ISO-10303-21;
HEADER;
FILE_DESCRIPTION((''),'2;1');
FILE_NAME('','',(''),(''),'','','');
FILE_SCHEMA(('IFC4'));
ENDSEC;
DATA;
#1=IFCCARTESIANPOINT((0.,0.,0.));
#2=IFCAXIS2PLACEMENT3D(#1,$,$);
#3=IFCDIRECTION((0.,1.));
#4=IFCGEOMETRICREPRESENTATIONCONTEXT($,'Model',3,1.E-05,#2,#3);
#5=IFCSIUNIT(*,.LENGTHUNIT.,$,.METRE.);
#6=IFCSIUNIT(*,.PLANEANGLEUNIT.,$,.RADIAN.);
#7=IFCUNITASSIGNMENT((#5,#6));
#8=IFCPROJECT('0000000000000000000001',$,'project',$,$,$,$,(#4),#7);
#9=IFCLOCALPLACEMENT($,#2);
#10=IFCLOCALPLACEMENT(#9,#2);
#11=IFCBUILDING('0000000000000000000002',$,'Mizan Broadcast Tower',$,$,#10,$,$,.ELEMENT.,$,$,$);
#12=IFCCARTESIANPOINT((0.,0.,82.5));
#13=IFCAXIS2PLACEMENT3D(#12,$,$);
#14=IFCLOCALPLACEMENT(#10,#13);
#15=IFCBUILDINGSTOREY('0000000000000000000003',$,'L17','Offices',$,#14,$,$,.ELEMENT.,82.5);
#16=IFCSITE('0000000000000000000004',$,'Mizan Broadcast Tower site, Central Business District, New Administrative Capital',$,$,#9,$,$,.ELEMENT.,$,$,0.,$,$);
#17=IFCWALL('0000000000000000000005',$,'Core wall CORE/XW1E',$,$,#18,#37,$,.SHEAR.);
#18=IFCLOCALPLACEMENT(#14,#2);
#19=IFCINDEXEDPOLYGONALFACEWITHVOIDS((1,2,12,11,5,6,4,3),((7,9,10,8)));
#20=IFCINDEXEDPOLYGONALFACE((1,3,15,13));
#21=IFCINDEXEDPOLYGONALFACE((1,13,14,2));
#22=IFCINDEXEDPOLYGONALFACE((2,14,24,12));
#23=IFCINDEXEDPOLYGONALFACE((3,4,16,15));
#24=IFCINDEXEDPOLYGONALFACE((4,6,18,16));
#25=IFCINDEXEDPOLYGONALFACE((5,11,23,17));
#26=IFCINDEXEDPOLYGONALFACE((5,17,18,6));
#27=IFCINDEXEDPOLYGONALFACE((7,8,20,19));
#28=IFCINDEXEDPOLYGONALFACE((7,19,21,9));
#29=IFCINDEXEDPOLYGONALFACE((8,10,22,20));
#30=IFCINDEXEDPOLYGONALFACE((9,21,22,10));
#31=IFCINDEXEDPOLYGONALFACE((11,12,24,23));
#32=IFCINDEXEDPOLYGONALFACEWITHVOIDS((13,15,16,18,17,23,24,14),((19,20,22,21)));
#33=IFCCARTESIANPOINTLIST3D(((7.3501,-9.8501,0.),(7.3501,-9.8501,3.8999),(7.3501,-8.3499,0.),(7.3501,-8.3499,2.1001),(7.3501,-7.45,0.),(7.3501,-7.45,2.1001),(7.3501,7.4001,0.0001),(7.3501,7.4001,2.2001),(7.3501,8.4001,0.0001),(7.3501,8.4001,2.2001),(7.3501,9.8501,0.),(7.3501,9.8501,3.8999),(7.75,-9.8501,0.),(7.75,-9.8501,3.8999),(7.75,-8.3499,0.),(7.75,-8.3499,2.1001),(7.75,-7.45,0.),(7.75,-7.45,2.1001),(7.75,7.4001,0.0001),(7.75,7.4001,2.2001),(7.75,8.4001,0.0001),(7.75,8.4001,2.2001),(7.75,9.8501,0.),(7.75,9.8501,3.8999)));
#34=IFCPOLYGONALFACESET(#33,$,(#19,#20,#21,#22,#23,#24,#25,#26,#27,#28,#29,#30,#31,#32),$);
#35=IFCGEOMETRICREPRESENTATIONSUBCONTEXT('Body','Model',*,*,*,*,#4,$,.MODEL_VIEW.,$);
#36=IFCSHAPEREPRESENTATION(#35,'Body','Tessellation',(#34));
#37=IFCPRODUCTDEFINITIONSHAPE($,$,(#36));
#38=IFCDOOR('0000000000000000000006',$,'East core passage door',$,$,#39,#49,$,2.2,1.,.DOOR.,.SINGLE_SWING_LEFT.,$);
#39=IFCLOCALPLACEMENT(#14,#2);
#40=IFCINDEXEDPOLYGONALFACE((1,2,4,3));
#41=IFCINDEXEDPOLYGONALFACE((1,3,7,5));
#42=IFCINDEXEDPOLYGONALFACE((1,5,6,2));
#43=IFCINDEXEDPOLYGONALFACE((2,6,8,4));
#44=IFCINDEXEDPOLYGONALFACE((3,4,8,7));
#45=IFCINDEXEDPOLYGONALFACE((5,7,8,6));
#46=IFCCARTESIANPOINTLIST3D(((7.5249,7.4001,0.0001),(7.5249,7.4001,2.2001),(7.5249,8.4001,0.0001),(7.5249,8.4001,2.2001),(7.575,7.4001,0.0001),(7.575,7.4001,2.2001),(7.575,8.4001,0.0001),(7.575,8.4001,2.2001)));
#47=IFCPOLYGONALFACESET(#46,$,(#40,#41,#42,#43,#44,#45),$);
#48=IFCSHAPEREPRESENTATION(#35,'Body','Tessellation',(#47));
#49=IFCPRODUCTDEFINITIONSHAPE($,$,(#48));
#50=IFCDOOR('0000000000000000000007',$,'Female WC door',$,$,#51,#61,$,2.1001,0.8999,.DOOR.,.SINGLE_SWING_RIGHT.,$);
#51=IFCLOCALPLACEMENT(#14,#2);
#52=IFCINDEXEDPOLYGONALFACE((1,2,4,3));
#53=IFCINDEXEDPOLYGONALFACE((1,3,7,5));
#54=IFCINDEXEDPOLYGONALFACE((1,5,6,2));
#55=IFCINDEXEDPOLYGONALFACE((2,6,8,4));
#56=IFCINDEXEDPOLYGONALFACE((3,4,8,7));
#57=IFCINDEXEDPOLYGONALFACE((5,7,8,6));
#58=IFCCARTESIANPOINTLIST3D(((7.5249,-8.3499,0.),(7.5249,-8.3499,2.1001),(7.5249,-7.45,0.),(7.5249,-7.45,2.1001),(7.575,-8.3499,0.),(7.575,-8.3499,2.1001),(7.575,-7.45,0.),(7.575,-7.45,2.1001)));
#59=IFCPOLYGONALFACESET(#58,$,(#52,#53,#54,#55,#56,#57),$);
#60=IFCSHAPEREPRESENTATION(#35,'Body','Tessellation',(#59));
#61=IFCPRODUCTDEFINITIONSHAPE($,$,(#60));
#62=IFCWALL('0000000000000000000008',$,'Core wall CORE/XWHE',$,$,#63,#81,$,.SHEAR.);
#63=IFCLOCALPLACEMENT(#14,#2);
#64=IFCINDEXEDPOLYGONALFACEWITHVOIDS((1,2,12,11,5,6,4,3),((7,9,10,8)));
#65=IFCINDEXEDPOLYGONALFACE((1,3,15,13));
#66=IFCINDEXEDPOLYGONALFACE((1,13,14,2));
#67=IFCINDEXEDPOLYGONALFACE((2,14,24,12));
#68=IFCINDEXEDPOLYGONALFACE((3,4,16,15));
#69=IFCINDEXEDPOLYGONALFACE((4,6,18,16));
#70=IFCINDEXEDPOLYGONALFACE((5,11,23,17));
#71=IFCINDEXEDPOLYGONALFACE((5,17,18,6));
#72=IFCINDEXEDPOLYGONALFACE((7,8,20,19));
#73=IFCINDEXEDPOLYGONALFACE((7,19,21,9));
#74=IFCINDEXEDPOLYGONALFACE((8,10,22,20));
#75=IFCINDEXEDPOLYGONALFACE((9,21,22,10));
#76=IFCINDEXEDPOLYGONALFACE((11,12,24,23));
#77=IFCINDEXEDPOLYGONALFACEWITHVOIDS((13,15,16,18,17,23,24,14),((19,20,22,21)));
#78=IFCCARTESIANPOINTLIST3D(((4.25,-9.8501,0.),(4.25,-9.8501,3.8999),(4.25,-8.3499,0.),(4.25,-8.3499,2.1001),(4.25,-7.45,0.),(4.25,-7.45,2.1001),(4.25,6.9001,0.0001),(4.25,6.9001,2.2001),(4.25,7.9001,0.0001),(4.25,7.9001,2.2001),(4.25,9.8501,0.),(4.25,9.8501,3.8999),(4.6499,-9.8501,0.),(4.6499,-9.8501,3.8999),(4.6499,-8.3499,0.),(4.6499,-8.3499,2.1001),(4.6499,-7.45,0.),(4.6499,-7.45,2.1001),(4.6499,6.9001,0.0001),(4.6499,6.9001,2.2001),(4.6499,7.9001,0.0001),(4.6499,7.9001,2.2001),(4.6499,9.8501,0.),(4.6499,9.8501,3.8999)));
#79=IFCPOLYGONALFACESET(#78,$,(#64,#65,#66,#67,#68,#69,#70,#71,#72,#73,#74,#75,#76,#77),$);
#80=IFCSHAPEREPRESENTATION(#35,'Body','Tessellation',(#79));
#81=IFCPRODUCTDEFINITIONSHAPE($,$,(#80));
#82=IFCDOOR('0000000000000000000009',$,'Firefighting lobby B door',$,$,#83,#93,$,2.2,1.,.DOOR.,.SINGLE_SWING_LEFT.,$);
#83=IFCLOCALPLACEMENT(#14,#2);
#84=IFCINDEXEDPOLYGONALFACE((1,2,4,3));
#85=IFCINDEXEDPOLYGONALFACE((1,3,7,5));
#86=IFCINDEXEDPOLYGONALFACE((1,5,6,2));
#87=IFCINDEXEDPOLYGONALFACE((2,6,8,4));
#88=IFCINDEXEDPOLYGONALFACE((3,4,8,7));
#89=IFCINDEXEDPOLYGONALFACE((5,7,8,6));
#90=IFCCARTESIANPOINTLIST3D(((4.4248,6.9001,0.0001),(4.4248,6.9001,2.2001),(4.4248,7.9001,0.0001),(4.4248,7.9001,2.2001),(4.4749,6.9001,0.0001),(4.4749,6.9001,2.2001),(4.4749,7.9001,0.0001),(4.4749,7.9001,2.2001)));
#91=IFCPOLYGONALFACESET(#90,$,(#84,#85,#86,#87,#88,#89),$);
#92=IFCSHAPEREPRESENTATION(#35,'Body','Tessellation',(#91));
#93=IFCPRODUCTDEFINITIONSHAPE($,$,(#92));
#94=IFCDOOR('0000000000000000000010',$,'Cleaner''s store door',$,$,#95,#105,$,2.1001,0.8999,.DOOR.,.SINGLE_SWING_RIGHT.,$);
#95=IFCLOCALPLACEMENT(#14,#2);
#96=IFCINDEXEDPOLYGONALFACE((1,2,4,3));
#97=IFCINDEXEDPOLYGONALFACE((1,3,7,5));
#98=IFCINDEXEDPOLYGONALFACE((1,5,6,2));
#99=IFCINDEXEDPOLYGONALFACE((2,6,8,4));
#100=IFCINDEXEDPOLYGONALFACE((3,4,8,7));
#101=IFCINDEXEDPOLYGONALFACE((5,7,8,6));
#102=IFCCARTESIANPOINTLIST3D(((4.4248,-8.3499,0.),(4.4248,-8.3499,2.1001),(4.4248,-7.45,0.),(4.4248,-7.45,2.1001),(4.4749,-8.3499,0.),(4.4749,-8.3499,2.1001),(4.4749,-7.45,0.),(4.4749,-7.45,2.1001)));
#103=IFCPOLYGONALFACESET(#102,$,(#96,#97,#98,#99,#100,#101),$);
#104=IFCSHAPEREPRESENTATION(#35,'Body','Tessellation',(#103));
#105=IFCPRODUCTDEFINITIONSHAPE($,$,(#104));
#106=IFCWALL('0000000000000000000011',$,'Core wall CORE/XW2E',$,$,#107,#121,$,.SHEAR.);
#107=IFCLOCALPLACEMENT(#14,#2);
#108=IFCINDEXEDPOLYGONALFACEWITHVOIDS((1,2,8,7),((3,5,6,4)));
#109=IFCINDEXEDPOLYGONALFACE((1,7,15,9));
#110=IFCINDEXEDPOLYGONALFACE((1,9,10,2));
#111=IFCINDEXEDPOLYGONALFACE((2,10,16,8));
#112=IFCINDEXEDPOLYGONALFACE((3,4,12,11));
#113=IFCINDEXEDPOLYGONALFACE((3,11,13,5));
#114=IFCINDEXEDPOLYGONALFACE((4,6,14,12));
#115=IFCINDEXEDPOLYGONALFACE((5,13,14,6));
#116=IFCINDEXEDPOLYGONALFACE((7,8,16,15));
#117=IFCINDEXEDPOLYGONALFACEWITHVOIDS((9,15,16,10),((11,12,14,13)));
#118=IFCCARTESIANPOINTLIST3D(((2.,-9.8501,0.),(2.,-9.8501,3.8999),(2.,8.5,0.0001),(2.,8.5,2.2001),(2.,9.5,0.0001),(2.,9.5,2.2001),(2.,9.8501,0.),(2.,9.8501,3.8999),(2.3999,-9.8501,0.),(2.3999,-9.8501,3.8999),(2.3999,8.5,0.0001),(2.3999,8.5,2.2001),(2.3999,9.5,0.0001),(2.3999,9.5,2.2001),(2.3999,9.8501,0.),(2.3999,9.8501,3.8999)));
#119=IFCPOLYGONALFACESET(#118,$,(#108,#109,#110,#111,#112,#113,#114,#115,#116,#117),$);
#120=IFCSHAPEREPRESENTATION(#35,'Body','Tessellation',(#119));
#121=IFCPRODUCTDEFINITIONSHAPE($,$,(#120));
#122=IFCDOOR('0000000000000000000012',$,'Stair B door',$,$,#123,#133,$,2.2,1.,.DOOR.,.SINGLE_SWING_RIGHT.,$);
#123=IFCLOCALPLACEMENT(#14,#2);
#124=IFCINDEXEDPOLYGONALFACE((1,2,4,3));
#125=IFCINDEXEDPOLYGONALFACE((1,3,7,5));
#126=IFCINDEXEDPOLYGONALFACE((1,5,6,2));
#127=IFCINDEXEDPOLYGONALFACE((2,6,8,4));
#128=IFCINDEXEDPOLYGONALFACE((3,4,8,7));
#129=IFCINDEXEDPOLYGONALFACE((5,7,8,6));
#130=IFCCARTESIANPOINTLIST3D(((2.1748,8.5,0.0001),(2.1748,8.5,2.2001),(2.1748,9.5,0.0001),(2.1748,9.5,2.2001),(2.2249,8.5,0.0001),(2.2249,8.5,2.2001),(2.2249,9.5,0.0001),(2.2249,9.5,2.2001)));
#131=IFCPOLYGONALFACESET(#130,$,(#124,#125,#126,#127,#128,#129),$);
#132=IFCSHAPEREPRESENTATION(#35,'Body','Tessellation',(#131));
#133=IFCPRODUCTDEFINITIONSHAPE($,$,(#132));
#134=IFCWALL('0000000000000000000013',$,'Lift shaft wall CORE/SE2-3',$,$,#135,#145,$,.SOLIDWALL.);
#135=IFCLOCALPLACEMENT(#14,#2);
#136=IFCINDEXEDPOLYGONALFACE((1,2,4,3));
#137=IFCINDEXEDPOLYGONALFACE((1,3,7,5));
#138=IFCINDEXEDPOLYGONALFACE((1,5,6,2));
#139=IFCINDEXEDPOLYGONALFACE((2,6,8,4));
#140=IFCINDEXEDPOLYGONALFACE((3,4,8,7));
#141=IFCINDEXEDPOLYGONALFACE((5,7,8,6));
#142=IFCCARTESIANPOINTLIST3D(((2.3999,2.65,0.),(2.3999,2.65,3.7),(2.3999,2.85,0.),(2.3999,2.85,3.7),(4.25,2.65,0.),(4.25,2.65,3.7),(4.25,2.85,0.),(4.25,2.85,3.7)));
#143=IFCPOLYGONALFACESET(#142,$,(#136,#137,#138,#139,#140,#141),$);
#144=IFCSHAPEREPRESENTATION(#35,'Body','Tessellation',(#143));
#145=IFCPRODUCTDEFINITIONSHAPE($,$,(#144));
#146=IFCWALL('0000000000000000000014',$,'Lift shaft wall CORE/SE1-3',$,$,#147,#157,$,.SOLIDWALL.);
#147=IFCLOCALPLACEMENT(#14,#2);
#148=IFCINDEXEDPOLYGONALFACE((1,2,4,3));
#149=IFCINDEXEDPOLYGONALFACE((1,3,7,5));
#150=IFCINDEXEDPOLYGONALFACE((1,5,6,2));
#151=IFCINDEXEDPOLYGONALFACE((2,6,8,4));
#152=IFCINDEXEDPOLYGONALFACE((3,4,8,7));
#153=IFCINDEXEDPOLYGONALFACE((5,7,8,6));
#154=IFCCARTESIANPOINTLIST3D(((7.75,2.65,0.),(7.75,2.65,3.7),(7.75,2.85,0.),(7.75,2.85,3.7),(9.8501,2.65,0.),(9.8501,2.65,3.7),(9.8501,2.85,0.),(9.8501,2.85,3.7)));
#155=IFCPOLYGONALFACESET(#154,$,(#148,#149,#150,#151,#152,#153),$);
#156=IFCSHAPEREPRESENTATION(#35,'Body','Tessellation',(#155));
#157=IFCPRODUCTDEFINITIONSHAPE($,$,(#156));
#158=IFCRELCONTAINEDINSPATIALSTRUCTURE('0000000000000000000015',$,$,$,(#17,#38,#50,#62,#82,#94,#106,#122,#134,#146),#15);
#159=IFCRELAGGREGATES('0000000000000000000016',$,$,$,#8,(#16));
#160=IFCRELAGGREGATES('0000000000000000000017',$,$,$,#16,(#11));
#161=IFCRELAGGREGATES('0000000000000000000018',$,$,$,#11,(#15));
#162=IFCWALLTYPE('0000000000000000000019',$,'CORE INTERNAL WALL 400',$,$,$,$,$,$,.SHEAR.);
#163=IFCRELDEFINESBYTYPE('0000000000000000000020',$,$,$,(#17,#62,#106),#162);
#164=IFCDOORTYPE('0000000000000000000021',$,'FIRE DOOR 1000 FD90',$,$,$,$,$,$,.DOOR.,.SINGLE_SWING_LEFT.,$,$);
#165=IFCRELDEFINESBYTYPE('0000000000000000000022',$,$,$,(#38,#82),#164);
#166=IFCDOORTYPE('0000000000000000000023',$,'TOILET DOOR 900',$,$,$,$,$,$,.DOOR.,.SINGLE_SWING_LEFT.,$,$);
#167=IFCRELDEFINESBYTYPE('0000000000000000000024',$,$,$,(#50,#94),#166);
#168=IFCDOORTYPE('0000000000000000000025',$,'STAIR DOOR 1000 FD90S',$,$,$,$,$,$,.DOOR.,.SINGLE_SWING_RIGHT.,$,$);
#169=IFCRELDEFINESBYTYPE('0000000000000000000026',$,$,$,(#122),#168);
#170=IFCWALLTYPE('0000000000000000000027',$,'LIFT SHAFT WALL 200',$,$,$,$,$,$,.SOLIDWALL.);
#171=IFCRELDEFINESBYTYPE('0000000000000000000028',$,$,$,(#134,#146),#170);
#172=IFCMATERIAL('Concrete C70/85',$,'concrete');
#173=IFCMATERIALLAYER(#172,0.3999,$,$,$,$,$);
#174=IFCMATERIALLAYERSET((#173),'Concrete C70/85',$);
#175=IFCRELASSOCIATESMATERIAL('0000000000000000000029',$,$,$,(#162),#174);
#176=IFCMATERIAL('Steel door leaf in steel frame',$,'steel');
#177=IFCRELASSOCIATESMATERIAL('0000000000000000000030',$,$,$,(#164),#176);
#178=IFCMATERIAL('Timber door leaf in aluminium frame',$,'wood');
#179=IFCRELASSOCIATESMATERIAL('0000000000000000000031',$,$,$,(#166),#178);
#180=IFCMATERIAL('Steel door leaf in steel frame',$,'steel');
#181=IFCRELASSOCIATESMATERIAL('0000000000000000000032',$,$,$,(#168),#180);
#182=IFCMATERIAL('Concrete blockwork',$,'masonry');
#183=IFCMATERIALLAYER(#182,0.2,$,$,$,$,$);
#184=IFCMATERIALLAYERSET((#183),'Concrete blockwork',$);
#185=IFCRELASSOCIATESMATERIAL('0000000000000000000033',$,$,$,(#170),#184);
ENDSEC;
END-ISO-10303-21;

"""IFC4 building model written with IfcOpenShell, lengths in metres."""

from ifc_helpers import new_model, si_unit, direction, frame, frame_2d, origin, place, context, subcontext, project, spatial, rectangle, extrude, material, layer, layer_set, type_object, element, fill, save


model = new_model("IFC4")

# Units and contexts
model_context = context("Model", 3, precision=1e-05, world=origin(), true_north=direction((0.0, 1.0)))
body_context = subcontext(model_context, "Body", "Model", "MODEL_VIEW")
ifc_project = project(units=[si_unit("LENGTHUNIT", "METRE"), si_unit("PLANEANGLEUNIT", "RADIAN")], contexts=[model_context])

# Site, building, storey
site_placement = place(None, origin())
site = spatial("IfcSite", under=ifc_project, at=site_placement, Name="Mizan Broadcast Tower site, Central Business District, New Administrative Capital", CompositionType="ELEMENT", RefElevation=0.0)
building_placement = place(site_placement, origin())
building = spatial("IfcBuilding", under=site, at=building_placement, Name="Mizan Broadcast Tower", CompositionType="ELEMENT")
storey_placement = place(building_placement, frame((0.0, 0.0, 82.5)))
storey = spatial("IfcBuildingStorey", under=building, at=storey_placement, Name="L17", Description="Offices", CompositionType="ELEMENT", Elevation=82.5)

# Walls, openings, doors
ifc_material_1 = material(Name="Concrete C70/85", Category="concrete")
ifc_layer_1 = layer(ifc_material_1, 0.3999)
ifc_layer_set_1 = layer_set([ifc_layer_1], Name="Concrete C70/85")
wall_type_1 = type_object("IfcWallType", Name="CORE INTERNAL WALL 400", PredefinedType="SHEAR", material=ifc_layer_set_1)
wall_1_placement = place(storey_placement, frame((7.55, 9.8501, 0.0), z_axis=(0.0, 0.0, 1.0), x_axis=(0.0, -1.0, 0.0)))
wall_1 = element("IfcWall", 1, at=wall_1_placement, inside=storey, type_object=wall_type_1, Name="Core wall CORE/XW1E", PredefinedType="SHEAR", context=body_context, shape_type="SweptSolid", body=[
    extrude(rectangle(XDim=19.7002, YDim=0.3999, at=frame_2d((9.8501, 0.0))), origin(), (0.0, 0.0, 1.0), 3.8999),
])
opening_1_placement = place(wall_1_placement, frame((1.45, 0.0, 0.0)))
opening_1 = element("IfcOpeningElement", 2, at=opening_1_placement, cuts=wall_1, PredefinedType="OPENING", context=body_context, shape_type="SweptSolid", body=[
    extrude(rectangle(XDim=1.0, YDim=2.2, at=frame_2d((0.5, 1.1001))), frame((0.0, 0.21, 0.0), z_axis=(0.0, -1.0, 0.0), x_axis=(1.0, 0.0, 0.0)), (0.0, 0.0, 1.0), 0.4199),
])
opening_2_placement = place(wall_1_placement, frame((17.3, 0.0, 0.0)))
opening_2 = element("IfcOpeningElement", 3, at=opening_2_placement, cuts=wall_1, PredefinedType="OPENING", context=body_context, shape_type="SweptSolid", body=[
    extrude(rectangle(XDim=0.8999, YDim=2.1001, at=frame_2d((0.45, 1.05))), frame((0.0, 0.21, 0.0), z_axis=(0.0, -1.0, 0.0), x_axis=(1.0, 0.0, 0.0)), (0.0, 0.0, 1.0), 0.4199),
])
ifc_material_2 = material(Name="Steel door leaf in steel frame", Category="steel")
door_type_1 = type_object("IfcDoorType", Name="FIRE DOOR 1000 FD90", OperationType="SINGLE_SWING_LEFT", PredefinedType="DOOR", material=ifc_material_2)
door_1_placement = place(opening_1_placement, origin())
door_1 = element("IfcDoor", 4, at=door_1_placement, inside=storey, type_object=door_type_1, Name="East core passage door", OperationType="SINGLE_SWING_LEFT", OverallHeight=2.2, OverallWidth=1.0, PredefinedType="DOOR", context=body_context, shape_type="SweptSolid", body=[
    extrude(rectangle(XDim=1.0, YDim=2.2, at=frame_2d((0.5, 1.1001))), frame((0.0, 0.0249, 0.0), z_axis=(0.0, -1.0, 0.0), x_axis=(1.0, 0.0, 0.0)), (0.0, 0.0, 1.0), 0.05),
])
fill(opening_1, door_1)
ifc_material_3 = material(Name="Timber door leaf in aluminium frame", Category="wood")
door_type_2 = type_object("IfcDoorType", Name="TOILET DOOR 900", OperationType="SINGLE_SWING_LEFT", PredefinedType="DOOR", material=ifc_material_3)
door_2_placement = place(opening_2_placement, origin())
door_2 = element("IfcDoor", 5, at=door_2_placement, inside=storey, type_object=door_type_2, Name="Female WC door", OperationType="SINGLE_SWING_RIGHT", OverallHeight=2.1001, OverallWidth=0.8999, PredefinedType="DOOR", context=body_context, shape_type="SweptSolid", body=[
    extrude(rectangle(XDim=0.8999, YDim=2.1001, at=frame_2d((0.45, 1.05))), frame((0.0, 0.0249, 0.0), z_axis=(0.0, -1.0, 0.0), x_axis=(1.0, 0.0, 0.0)), (0.0, 0.0, 1.0), 0.05),
])
fill(opening_2, door_2)
wall_2_placement = place(storey_placement, frame((4.45, 9.8501, 0.0), z_axis=(0.0, 0.0, 1.0), x_axis=(0.0, -1.0, 0.0)))
wall_2 = element("IfcWall", 6, at=wall_2_placement, inside=storey, type_object=wall_type_1, Name="Core wall CORE/XWHE", PredefinedType="SHEAR", context=body_context, shape_type="SweptSolid", body=[
    extrude(rectangle(XDim=19.7002, YDim=0.3999, at=frame_2d((9.8501, 0.0))), origin(), (0.0, 0.0, 1.0), 3.8999),
])
opening_3_placement = place(wall_2_placement, frame((1.95, 0.0, 0.0)))
opening_3 = element("IfcOpeningElement", 7, at=opening_3_placement, cuts=wall_2, PredefinedType="OPENING", context=body_context, shape_type="SweptSolid", body=[
    extrude(rectangle(XDim=1.0, YDim=2.2, at=frame_2d((0.5, 1.1001))), frame((0.0, 0.21, 0.0), z_axis=(0.0, -1.0, 0.0), x_axis=(1.0, 0.0, 0.0)), (0.0, 0.0, 1.0), 0.4199),
])
opening_4_placement = place(wall_2_placement, frame((17.3, 0.0, 0.0)))
opening_4 = element("IfcOpeningElement", 8, at=opening_4_placement, cuts=wall_2, PredefinedType="OPENING", context=body_context, shape_type="SweptSolid", body=[
    extrude(rectangle(XDim=0.8999, YDim=2.1001, at=frame_2d((0.45, 1.05))), frame((0.0, 0.21, 0.0), z_axis=(0.0, -1.0, 0.0), x_axis=(1.0, 0.0, 0.0)), (0.0, 0.0, 1.0), 0.4199),
])
door_3_placement = place(opening_3_placement, origin())
door_3 = element("IfcDoor", 9, at=door_3_placement, inside=storey, type_object=door_type_1, Name="Firefighting lobby B door", OperationType="SINGLE_SWING_LEFT", OverallHeight=2.2, OverallWidth=1.0, PredefinedType="DOOR", context=body_context, shape_type="SweptSolid", body=[
    extrude(rectangle(XDim=1.0, YDim=2.2, at=frame_2d((0.5, 1.1001))), frame((0.0, 0.0249, 0.0), z_axis=(0.0, -1.0, 0.0), x_axis=(1.0, 0.0, 0.0)), (0.0, 0.0, 1.0), 0.05),
])
fill(opening_3, door_3)
door_4_placement = place(opening_4_placement, origin())
door_4 = element("IfcDoor", 10, at=door_4_placement, inside=storey, type_object=door_type_2, Name="Cleaner's store door", OperationType="SINGLE_SWING_RIGHT", OverallHeight=2.1001, OverallWidth=0.8999, PredefinedType="DOOR", context=body_context, shape_type="SweptSolid", body=[
    extrude(rectangle(XDim=0.8999, YDim=2.1001, at=frame_2d((0.45, 1.05))), frame((0.0, 0.0249, 0.0), z_axis=(0.0, -1.0, 0.0), x_axis=(1.0, 0.0, 0.0)), (0.0, 0.0, 1.0), 0.05),
])
fill(opening_4, door_4)

# Wall, opening, door
wall_3_placement = place(storey_placement, frame((2.2, 9.8501, 0.0), z_axis=(0.0, 0.0, 1.0), x_axis=(0.0, -1.0, 0.0)))
wall_3 = element("IfcWall", 11, at=wall_3_placement, inside=storey, type_object=wall_type_1, Name="Core wall CORE/XW2E", PredefinedType="SHEAR", context=body_context, shape_type="SweptSolid", body=[
    extrude(rectangle(XDim=19.7002, YDim=0.3999, at=frame_2d((9.8501, 0.0))), origin(), (0.0, 0.0, 1.0), 3.8999),
])
opening_5_placement = place(wall_3_placement, frame((0.3501, 0.0, 0.0)))
opening_5 = element("IfcOpeningElement", 12, at=opening_5_placement, cuts=wall_3, PredefinedType="OPENING", context=body_context, shape_type="SweptSolid", body=[
    extrude(rectangle(XDim=1.0, YDim=2.2, at=frame_2d((0.5, 1.1001))), frame((0.0, 0.21, 0.0), z_axis=(0.0, -1.0, 0.0), x_axis=(1.0, 0.0, 0.0)), (0.0, 0.0, 1.0), 0.4199),
])
ifc_material_4 = material(Name="Steel door leaf in steel frame", Category="steel")
door_type_3 = type_object("IfcDoorType", Name="STAIR DOOR 1000 FD90S", OperationType="SINGLE_SWING_RIGHT", PredefinedType="DOOR", material=ifc_material_4)
door_5_placement = place(opening_5_placement, origin())
door_5 = element("IfcDoor", 13, at=door_5_placement, inside=storey, type_object=door_type_3, Name="Stair B door", OperationType="SINGLE_SWING_RIGHT", OverallHeight=2.2, OverallWidth=1.0, PredefinedType="DOOR", context=body_context, shape_type="SweptSolid", body=[
    extrude(rectangle(XDim=1.0, YDim=2.2, at=frame_2d((0.5, 1.1001))), frame((0.0, 0.0249, 0.0), z_axis=(0.0, -1.0, 0.0), x_axis=(1.0, 0.0, 0.0)), (0.0, 0.0, 1.0), 0.05),
])
fill(opening_5, door_5)

# Walls
ifc_material_5 = material(Name="Concrete blockwork", Category="masonry")
ifc_layer_2 = layer(ifc_material_5, 0.2)
ifc_layer_set_2 = layer_set([ifc_layer_2], Name="Concrete blockwork")
wall_type_2 = type_object("IfcWallType", Name="LIFT SHAFT WALL 200", PredefinedType="SOLIDWALL", material=ifc_layer_set_2)
wall_4_placement = place(storey_placement, frame((2.3999, 2.75, 0.0), z_axis=(0.0, 0.0, 1.0), x_axis=(1.0, 0.0, 0.0)))
element("IfcWall", 14, at=wall_4_placement, inside=storey, type_object=wall_type_2, Name="Lift shaft wall CORE/SE2-3", PredefinedType="SOLIDWALL", context=body_context, shape_type="SweptSolid", body=[
    extrude(rectangle(XDim=1.8501, YDim=0.2, at=frame_2d((0.925, 0.0))), origin(), (0.0, 0.0, 1.0), 3.7),
])
wall_5_placement = place(storey_placement, frame((7.75, 2.75, 0.0), z_axis=(0.0, 0.0, 1.0), x_axis=(1.0, 0.0, 0.0)))
element("IfcWall", 15, at=wall_5_placement, inside=storey, type_object=wall_type_2, Name="Lift shaft wall CORE/SE1-3", PredefinedType="SOLIDWALL", context=body_context, shape_type="SweptSolid", body=[
    extrude(rectangle(XDim=2.1001, YDim=0.2, at=frame_2d((1.05, 0.0))), origin(), (0.0, 0.0, 1.0), 3.7),
])

save(model, "model.ifc")
